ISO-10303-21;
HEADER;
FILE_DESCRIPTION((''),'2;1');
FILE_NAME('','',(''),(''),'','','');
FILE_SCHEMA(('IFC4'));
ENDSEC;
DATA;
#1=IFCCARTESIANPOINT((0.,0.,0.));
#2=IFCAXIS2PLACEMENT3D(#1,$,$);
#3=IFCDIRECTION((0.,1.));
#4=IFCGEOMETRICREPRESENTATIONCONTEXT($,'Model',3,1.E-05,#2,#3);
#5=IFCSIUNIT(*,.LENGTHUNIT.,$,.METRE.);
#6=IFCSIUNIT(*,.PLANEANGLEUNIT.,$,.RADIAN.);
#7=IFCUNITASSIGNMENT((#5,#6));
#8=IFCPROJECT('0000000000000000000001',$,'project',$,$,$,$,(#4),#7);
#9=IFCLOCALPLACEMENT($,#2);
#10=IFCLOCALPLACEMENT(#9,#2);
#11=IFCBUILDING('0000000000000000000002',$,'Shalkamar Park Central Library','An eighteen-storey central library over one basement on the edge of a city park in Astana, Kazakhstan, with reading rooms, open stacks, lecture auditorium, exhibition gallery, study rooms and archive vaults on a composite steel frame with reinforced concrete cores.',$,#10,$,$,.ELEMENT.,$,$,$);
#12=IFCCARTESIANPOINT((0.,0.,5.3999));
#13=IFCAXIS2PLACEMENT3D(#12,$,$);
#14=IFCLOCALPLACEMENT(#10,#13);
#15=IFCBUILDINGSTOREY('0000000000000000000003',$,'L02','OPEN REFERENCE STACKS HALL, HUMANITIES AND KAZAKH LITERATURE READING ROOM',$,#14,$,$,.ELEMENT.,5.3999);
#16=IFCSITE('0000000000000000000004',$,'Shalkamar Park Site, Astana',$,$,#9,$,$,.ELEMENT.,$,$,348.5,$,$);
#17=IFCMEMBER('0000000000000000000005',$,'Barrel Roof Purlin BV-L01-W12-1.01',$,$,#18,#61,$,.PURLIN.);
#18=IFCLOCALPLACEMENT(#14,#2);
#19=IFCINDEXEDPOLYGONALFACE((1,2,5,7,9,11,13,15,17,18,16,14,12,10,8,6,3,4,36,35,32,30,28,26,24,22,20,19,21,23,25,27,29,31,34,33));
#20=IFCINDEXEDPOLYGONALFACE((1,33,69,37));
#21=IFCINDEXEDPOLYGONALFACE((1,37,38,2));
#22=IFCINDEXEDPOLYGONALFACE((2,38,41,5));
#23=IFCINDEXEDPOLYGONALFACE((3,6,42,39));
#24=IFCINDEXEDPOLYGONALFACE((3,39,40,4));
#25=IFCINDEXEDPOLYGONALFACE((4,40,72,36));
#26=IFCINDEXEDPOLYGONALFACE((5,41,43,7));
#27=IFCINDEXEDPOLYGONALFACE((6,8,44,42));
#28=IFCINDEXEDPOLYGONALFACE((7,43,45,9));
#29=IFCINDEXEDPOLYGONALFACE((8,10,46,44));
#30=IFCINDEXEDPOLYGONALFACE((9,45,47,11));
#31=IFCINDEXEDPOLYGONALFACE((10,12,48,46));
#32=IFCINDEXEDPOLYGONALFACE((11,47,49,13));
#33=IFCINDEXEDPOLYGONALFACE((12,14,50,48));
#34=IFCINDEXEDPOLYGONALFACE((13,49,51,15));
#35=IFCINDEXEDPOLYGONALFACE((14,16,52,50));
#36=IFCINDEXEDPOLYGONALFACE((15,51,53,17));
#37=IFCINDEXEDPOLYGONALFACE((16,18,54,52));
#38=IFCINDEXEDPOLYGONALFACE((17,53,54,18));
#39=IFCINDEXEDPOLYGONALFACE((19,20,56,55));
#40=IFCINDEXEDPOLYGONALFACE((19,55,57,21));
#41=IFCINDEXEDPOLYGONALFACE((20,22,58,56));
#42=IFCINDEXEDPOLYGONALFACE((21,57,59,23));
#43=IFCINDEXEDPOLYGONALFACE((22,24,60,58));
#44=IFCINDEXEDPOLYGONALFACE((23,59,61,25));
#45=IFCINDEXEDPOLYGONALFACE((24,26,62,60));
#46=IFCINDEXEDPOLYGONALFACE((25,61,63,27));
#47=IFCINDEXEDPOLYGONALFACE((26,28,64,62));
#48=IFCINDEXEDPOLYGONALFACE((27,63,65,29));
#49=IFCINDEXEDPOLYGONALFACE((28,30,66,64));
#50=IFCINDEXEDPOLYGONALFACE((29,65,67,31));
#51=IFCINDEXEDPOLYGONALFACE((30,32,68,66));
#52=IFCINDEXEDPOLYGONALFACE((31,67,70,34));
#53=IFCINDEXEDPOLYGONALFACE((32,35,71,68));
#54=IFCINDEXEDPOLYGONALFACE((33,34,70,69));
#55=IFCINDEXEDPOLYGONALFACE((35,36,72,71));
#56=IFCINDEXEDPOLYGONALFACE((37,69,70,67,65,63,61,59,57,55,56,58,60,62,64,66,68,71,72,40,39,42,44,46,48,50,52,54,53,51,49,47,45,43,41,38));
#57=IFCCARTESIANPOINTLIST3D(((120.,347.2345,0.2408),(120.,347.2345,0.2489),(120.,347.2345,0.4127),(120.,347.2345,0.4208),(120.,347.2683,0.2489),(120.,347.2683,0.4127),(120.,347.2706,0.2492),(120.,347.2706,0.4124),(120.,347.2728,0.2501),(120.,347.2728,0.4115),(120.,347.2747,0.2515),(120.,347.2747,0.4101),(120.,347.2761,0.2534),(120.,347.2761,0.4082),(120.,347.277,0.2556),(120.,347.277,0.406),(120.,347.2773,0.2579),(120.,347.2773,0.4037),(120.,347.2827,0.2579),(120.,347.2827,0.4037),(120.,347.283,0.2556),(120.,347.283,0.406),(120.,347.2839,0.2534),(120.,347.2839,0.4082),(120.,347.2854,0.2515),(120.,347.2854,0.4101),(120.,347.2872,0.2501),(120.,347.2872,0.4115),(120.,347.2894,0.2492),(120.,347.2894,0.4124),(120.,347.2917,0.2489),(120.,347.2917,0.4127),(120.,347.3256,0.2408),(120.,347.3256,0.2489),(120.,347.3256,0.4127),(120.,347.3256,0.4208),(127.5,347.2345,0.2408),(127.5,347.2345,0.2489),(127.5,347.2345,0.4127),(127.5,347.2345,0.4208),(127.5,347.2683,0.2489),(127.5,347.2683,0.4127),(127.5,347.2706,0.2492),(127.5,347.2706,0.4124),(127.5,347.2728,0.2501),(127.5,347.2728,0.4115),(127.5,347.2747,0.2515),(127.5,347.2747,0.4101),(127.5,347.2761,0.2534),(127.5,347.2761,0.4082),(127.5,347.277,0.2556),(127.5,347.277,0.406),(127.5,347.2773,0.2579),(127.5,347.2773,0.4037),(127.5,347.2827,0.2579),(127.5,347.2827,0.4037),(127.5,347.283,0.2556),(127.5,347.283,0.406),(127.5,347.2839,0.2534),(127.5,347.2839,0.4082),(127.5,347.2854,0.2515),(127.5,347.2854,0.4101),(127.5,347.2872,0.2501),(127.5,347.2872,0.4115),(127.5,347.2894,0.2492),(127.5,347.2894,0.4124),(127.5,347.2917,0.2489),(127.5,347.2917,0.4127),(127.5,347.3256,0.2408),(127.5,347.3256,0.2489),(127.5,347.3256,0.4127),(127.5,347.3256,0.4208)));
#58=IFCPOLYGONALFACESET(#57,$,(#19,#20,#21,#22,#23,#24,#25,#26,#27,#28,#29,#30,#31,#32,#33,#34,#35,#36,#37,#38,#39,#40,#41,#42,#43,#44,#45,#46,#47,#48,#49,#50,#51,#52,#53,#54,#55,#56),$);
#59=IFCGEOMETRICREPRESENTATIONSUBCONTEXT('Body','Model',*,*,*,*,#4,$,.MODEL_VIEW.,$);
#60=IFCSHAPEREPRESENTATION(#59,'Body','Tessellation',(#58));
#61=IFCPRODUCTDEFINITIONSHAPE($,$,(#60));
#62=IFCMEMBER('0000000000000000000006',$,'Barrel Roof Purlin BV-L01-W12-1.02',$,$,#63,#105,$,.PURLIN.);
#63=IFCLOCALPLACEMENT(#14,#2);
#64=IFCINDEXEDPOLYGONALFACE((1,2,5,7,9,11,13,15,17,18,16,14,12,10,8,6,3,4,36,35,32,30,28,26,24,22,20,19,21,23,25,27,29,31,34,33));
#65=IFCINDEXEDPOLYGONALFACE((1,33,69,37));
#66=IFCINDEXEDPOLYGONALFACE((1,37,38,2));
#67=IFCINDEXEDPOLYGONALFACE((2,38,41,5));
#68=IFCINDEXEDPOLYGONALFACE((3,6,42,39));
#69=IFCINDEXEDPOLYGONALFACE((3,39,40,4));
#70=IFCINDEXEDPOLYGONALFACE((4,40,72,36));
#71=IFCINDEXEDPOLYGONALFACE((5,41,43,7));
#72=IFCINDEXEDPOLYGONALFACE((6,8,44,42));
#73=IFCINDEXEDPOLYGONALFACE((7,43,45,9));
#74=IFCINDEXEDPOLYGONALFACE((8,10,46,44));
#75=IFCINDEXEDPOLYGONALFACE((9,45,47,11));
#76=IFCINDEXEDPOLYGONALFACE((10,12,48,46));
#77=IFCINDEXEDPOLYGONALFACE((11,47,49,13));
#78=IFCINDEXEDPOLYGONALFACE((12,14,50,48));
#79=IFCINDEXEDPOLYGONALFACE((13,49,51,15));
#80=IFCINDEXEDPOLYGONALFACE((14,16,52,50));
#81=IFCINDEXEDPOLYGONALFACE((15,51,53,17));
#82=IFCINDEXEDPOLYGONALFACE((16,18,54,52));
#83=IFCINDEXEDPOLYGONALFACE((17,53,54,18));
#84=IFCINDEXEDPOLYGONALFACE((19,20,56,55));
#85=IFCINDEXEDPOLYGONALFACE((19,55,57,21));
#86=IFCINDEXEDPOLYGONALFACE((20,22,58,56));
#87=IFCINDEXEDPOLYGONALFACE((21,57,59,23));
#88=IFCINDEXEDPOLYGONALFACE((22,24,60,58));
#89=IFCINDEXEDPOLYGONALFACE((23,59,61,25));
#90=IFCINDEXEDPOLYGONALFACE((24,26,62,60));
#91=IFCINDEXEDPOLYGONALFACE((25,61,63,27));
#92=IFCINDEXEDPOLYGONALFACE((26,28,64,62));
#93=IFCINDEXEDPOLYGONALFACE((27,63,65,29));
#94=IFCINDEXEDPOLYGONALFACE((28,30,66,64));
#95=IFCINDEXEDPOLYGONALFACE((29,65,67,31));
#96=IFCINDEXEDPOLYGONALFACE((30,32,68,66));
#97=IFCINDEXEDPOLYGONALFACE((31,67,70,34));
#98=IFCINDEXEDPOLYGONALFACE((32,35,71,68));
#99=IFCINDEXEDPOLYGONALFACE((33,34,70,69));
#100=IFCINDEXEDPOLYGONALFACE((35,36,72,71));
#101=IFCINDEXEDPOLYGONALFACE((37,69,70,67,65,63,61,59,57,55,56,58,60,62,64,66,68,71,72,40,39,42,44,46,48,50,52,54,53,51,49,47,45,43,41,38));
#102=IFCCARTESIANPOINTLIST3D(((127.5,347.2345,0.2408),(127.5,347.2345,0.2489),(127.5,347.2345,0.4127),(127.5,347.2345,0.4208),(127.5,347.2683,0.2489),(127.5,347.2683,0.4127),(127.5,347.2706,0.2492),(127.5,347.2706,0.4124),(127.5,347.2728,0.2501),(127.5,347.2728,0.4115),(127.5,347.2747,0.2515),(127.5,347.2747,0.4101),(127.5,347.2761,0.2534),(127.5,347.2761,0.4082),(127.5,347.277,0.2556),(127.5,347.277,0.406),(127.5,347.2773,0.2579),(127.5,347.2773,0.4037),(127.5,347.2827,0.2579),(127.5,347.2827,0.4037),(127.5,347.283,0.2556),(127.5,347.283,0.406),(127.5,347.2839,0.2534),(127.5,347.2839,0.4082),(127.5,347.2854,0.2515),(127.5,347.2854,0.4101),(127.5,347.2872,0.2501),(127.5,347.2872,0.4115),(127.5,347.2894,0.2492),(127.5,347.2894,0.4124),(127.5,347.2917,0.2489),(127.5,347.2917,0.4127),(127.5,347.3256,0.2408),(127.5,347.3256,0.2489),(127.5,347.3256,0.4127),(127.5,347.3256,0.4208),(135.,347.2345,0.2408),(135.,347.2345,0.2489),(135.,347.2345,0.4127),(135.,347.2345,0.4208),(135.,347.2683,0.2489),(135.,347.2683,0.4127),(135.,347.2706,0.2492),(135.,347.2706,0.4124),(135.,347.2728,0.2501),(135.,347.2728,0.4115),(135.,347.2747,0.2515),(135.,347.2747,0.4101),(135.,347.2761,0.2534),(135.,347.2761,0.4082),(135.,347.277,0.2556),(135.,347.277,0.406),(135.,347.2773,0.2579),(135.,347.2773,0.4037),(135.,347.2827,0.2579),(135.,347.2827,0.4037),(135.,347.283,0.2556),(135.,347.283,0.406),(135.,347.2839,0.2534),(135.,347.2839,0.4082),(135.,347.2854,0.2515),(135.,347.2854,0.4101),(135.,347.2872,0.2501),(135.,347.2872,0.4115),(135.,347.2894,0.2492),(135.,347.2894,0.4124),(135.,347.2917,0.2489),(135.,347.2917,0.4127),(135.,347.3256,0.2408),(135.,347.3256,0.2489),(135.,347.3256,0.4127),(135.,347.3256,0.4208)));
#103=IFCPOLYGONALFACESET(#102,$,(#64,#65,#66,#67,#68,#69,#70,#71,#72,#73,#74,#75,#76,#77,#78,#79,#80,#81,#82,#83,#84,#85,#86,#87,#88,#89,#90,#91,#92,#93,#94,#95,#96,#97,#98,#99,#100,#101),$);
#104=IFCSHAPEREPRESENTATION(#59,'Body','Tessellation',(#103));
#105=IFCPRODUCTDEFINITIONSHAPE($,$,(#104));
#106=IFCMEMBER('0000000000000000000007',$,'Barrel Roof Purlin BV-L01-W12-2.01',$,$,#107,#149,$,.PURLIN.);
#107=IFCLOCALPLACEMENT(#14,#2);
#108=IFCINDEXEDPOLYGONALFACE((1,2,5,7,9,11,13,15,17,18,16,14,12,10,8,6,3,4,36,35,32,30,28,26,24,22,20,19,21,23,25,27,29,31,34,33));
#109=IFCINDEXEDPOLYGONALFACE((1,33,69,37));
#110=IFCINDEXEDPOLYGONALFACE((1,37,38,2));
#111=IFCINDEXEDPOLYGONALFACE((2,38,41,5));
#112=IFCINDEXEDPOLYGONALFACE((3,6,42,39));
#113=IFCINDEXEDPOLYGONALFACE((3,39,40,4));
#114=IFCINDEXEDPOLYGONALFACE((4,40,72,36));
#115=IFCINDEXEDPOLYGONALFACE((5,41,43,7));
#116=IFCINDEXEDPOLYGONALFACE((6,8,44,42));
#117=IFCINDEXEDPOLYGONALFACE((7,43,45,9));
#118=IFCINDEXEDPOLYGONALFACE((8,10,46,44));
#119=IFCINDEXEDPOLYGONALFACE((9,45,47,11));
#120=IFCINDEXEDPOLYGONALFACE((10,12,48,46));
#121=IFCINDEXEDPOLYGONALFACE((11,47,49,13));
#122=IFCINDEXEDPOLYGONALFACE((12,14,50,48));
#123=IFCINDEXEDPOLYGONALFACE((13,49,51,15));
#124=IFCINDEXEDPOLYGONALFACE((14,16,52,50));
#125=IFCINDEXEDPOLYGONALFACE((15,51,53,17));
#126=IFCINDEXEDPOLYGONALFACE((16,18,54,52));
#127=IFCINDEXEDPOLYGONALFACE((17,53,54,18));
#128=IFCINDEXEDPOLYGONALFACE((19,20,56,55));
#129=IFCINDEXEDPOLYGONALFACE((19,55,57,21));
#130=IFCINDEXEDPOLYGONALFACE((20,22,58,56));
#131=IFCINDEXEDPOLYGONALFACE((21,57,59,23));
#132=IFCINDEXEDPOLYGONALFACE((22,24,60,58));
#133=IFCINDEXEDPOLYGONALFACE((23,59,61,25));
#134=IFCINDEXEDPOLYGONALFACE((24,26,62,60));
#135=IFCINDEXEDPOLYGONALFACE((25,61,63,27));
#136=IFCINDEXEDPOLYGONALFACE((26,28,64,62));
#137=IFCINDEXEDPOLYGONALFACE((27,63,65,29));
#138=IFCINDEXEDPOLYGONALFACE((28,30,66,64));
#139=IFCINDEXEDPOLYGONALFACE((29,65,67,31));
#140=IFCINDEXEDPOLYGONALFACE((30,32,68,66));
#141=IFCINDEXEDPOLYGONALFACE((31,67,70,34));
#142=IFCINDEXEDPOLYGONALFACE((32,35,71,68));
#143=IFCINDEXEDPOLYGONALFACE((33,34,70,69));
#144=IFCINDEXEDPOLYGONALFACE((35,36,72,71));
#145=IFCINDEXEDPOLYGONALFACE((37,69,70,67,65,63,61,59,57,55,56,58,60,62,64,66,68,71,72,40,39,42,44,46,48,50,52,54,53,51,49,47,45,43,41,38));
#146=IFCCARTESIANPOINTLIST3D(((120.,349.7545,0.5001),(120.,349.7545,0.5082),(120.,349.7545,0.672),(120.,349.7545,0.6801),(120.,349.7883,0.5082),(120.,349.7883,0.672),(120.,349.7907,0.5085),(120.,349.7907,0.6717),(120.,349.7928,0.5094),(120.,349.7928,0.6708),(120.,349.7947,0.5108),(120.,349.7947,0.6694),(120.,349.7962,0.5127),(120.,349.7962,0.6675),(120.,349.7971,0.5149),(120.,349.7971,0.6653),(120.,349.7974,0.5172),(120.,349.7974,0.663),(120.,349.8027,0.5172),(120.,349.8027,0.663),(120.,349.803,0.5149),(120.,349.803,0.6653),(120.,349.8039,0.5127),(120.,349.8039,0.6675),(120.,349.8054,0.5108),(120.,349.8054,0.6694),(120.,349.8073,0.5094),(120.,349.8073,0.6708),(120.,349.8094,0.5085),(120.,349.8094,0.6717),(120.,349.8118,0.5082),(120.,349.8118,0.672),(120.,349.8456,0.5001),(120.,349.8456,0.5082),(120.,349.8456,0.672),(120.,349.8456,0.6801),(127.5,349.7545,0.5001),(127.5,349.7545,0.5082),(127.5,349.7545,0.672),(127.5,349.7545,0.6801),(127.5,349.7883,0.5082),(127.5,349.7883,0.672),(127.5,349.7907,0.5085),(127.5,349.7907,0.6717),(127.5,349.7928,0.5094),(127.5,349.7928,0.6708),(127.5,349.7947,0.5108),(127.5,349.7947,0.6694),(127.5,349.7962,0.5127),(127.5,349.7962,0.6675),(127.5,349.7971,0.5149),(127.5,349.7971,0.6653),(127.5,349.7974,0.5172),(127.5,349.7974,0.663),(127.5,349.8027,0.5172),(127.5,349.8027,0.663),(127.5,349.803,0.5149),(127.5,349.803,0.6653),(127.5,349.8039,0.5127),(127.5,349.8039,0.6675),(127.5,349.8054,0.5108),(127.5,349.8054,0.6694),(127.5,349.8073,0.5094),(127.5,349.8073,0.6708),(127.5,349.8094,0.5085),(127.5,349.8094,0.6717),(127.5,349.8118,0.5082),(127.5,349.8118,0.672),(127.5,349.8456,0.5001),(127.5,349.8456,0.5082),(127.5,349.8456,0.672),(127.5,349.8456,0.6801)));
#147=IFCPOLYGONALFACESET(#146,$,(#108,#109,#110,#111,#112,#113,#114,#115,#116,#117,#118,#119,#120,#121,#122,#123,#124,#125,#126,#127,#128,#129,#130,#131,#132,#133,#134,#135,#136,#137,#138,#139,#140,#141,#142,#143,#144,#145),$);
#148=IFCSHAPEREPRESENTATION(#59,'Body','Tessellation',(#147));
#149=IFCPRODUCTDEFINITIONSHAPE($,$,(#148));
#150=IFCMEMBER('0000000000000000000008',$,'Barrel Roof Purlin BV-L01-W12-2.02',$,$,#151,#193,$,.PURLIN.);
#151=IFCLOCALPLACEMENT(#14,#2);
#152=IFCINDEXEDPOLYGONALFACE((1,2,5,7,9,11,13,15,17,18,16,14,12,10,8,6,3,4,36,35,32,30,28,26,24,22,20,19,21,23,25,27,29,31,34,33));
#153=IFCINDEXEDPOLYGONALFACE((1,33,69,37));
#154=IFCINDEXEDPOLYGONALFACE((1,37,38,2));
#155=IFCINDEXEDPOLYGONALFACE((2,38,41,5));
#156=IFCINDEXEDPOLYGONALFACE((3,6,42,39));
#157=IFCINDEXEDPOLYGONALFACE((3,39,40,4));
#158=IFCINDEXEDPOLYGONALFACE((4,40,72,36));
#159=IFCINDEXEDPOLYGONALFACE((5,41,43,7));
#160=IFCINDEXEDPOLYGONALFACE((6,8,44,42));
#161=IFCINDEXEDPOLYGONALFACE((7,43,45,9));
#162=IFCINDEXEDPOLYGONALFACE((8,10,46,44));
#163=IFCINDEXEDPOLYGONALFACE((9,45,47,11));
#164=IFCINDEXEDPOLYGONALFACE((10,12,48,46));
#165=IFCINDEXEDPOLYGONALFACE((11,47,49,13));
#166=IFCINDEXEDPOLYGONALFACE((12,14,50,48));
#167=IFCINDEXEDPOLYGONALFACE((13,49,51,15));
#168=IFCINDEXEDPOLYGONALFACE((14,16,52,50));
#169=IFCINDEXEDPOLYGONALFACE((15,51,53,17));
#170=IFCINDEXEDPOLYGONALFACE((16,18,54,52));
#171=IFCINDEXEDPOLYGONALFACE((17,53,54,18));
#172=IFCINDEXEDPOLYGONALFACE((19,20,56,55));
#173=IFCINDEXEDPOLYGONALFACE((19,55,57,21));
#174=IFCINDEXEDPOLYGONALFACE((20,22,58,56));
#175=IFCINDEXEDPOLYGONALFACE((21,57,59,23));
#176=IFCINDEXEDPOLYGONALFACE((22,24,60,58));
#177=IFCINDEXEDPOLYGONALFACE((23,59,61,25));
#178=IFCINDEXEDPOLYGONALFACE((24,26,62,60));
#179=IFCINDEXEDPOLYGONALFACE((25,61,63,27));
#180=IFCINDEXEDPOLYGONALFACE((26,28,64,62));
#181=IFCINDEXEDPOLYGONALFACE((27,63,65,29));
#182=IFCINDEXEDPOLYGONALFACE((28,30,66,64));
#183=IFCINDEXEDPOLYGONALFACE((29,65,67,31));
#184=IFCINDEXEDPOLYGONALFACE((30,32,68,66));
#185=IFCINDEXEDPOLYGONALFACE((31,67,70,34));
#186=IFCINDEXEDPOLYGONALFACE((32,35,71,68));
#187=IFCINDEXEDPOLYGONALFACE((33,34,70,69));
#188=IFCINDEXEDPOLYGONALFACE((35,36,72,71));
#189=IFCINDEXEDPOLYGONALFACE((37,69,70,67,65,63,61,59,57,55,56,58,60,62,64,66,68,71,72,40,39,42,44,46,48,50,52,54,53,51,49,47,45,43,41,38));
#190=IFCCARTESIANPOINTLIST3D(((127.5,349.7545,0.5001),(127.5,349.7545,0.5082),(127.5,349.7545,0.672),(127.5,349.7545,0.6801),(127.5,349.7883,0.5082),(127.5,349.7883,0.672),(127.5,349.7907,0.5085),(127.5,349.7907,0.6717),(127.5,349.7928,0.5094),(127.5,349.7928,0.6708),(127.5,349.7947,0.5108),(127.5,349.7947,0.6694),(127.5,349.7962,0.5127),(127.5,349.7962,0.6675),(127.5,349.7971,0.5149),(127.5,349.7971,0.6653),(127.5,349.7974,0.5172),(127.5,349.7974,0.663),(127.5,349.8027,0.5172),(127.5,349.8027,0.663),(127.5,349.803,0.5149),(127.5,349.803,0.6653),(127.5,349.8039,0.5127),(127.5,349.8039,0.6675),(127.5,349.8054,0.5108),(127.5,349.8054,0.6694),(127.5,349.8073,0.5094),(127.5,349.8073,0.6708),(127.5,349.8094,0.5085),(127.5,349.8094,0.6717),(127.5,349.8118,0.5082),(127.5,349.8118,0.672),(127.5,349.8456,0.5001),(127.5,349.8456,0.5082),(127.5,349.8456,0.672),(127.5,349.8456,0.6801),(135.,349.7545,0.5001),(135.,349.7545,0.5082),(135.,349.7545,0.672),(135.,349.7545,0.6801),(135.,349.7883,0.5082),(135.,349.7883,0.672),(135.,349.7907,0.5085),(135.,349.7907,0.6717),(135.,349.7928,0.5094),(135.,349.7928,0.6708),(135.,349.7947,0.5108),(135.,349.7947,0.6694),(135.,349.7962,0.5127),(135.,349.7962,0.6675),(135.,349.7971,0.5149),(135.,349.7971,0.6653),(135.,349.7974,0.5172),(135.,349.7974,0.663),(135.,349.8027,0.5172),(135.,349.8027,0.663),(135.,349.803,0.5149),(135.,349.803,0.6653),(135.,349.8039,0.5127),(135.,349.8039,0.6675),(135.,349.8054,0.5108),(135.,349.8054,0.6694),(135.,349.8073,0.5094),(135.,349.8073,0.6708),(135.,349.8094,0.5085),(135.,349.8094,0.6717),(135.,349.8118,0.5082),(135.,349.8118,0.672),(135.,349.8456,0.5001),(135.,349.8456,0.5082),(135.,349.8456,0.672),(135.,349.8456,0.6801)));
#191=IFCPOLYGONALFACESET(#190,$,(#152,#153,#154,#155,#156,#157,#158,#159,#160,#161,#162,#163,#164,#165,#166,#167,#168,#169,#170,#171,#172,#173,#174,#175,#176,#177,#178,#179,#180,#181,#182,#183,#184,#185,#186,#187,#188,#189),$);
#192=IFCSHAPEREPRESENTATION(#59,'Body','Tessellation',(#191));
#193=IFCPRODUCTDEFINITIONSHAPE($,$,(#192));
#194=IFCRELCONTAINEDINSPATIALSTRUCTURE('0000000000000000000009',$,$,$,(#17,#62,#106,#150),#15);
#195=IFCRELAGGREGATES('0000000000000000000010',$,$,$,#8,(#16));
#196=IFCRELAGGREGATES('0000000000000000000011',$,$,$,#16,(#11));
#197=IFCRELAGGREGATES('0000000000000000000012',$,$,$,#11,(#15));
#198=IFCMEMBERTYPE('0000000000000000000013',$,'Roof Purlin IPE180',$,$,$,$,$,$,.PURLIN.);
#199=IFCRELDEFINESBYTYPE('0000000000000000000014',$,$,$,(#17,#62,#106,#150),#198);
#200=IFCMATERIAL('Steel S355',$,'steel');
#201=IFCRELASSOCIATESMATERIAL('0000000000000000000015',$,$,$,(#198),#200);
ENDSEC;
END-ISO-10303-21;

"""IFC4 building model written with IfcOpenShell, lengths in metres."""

from ifc_helpers import new_model, si_unit, direction, frame, origin, origin_2d, place, context, subcontext, project, spatial, i_section, extrude, material, material_profile, profile_set, type_object, element, save


model = new_model("IFC4")

# Units and contexts
model_context = context("Model", 3, precision=1e-05, world=origin(), true_north=direction((0.0, 1.0)))
body_context = subcontext(model_context, "Body", "Model", "MODEL_VIEW")
ifc_project = project(units=[si_unit("LENGTHUNIT", "METRE"), si_unit("PLANEANGLEUNIT", "RADIAN")], contexts=[model_context])

# Site, building, storey
site_placement = place(None, origin())
site = spatial("IfcSite", under=ifc_project, at=site_placement, Name="Shalkamar Park Site, Astana", CompositionType="ELEMENT", RefElevation=348.5)
building_placement = place(site_placement, origin())
building = spatial("IfcBuilding", under=site, at=building_placement, Name="Shalkamar Park Central Library", Description="An eighteen-storey central library over one basement on the edge of a city park in Astana, Kazakhstan, with reading rooms, open stacks, lecture auditorium, exhibition gallery, study rooms and archive vaults on a composite steel frame with reinforced concrete cores.", CompositionType="ELEMENT")
storey_placement = place(building_placement, frame((0.0, 0.0, 5.3999)))
storey = spatial("IfcBuildingStorey", under=building, at=storey_placement, Name="L02", Description="OPEN REFERENCE STACKS HALL, HUMANITIES AND KAZAKH LITERATURE READING ROOM", CompositionType="ELEMENT", Elevation=5.3999)

# Members
ifc_material_1 = material(Name="Steel S355", Category="steel")
ifc_material_profile_1 = material_profile(ifc_material_1, i_section(OverallWidth=0.0911, OverallDepth=0.1799, WebThickness=0.0054, FlangeThickness=0.0081, FilletRadius=0.009, at=origin_2d()), Name="IPE 180")
ifc_profile_set_1 = profile_set([ifc_material_profile_1], Name="Steel S355")
member_type_1 = type_object("IfcMemberType", Name="Roof Purlin IPE180", PredefinedType="PURLIN", material=ifc_profile_set_1)
for number, where, z_axis, x_axis, name in (
    (1, (120.0, 347.28, 0.3308), (1.0, 0.0, 0.0), (0.0, 1.0, 0.0), "Barrel Roof Purlin BV-L01-W12-1.01"),
    (2, (127.5, 347.28, 0.3308), (1.0, 0.0, 0.0), (0.0, 1.0, 0.0), "Barrel Roof Purlin BV-L01-W12-1.02"),
    (3, (120.0, 349.8, 0.5901), (1.0, 0.0, 0.0), (0.0, 1.0, 0.0), "Barrel Roof Purlin BV-L01-W12-2.01"),
    (4, (127.5, 349.8, 0.5901), (1.0, 0.0, 0.0), (0.0, 1.0, 0.0), "Barrel Roof Purlin BV-L01-W12-2.02"),
):
    element("IfcMember", number, at=place(storey_placement, frame(where, z_axis=z_axis, x_axis=x_axis)), inside=storey, type_object=member_type_1, Name=name, PredefinedType="PURLIN", context=body_context, shape_type="SweptSolid", body=[
        extrude(i_section(OverallWidth=0.0911, OverallDepth=0.1799, WebThickness=0.0054, FlangeThickness=0.0081, FilletRadius=0.009, at=origin_2d()), origin(), (0.0, 0.0, 1.0), 7.5),
    ])

save(model, "model.ifc")
